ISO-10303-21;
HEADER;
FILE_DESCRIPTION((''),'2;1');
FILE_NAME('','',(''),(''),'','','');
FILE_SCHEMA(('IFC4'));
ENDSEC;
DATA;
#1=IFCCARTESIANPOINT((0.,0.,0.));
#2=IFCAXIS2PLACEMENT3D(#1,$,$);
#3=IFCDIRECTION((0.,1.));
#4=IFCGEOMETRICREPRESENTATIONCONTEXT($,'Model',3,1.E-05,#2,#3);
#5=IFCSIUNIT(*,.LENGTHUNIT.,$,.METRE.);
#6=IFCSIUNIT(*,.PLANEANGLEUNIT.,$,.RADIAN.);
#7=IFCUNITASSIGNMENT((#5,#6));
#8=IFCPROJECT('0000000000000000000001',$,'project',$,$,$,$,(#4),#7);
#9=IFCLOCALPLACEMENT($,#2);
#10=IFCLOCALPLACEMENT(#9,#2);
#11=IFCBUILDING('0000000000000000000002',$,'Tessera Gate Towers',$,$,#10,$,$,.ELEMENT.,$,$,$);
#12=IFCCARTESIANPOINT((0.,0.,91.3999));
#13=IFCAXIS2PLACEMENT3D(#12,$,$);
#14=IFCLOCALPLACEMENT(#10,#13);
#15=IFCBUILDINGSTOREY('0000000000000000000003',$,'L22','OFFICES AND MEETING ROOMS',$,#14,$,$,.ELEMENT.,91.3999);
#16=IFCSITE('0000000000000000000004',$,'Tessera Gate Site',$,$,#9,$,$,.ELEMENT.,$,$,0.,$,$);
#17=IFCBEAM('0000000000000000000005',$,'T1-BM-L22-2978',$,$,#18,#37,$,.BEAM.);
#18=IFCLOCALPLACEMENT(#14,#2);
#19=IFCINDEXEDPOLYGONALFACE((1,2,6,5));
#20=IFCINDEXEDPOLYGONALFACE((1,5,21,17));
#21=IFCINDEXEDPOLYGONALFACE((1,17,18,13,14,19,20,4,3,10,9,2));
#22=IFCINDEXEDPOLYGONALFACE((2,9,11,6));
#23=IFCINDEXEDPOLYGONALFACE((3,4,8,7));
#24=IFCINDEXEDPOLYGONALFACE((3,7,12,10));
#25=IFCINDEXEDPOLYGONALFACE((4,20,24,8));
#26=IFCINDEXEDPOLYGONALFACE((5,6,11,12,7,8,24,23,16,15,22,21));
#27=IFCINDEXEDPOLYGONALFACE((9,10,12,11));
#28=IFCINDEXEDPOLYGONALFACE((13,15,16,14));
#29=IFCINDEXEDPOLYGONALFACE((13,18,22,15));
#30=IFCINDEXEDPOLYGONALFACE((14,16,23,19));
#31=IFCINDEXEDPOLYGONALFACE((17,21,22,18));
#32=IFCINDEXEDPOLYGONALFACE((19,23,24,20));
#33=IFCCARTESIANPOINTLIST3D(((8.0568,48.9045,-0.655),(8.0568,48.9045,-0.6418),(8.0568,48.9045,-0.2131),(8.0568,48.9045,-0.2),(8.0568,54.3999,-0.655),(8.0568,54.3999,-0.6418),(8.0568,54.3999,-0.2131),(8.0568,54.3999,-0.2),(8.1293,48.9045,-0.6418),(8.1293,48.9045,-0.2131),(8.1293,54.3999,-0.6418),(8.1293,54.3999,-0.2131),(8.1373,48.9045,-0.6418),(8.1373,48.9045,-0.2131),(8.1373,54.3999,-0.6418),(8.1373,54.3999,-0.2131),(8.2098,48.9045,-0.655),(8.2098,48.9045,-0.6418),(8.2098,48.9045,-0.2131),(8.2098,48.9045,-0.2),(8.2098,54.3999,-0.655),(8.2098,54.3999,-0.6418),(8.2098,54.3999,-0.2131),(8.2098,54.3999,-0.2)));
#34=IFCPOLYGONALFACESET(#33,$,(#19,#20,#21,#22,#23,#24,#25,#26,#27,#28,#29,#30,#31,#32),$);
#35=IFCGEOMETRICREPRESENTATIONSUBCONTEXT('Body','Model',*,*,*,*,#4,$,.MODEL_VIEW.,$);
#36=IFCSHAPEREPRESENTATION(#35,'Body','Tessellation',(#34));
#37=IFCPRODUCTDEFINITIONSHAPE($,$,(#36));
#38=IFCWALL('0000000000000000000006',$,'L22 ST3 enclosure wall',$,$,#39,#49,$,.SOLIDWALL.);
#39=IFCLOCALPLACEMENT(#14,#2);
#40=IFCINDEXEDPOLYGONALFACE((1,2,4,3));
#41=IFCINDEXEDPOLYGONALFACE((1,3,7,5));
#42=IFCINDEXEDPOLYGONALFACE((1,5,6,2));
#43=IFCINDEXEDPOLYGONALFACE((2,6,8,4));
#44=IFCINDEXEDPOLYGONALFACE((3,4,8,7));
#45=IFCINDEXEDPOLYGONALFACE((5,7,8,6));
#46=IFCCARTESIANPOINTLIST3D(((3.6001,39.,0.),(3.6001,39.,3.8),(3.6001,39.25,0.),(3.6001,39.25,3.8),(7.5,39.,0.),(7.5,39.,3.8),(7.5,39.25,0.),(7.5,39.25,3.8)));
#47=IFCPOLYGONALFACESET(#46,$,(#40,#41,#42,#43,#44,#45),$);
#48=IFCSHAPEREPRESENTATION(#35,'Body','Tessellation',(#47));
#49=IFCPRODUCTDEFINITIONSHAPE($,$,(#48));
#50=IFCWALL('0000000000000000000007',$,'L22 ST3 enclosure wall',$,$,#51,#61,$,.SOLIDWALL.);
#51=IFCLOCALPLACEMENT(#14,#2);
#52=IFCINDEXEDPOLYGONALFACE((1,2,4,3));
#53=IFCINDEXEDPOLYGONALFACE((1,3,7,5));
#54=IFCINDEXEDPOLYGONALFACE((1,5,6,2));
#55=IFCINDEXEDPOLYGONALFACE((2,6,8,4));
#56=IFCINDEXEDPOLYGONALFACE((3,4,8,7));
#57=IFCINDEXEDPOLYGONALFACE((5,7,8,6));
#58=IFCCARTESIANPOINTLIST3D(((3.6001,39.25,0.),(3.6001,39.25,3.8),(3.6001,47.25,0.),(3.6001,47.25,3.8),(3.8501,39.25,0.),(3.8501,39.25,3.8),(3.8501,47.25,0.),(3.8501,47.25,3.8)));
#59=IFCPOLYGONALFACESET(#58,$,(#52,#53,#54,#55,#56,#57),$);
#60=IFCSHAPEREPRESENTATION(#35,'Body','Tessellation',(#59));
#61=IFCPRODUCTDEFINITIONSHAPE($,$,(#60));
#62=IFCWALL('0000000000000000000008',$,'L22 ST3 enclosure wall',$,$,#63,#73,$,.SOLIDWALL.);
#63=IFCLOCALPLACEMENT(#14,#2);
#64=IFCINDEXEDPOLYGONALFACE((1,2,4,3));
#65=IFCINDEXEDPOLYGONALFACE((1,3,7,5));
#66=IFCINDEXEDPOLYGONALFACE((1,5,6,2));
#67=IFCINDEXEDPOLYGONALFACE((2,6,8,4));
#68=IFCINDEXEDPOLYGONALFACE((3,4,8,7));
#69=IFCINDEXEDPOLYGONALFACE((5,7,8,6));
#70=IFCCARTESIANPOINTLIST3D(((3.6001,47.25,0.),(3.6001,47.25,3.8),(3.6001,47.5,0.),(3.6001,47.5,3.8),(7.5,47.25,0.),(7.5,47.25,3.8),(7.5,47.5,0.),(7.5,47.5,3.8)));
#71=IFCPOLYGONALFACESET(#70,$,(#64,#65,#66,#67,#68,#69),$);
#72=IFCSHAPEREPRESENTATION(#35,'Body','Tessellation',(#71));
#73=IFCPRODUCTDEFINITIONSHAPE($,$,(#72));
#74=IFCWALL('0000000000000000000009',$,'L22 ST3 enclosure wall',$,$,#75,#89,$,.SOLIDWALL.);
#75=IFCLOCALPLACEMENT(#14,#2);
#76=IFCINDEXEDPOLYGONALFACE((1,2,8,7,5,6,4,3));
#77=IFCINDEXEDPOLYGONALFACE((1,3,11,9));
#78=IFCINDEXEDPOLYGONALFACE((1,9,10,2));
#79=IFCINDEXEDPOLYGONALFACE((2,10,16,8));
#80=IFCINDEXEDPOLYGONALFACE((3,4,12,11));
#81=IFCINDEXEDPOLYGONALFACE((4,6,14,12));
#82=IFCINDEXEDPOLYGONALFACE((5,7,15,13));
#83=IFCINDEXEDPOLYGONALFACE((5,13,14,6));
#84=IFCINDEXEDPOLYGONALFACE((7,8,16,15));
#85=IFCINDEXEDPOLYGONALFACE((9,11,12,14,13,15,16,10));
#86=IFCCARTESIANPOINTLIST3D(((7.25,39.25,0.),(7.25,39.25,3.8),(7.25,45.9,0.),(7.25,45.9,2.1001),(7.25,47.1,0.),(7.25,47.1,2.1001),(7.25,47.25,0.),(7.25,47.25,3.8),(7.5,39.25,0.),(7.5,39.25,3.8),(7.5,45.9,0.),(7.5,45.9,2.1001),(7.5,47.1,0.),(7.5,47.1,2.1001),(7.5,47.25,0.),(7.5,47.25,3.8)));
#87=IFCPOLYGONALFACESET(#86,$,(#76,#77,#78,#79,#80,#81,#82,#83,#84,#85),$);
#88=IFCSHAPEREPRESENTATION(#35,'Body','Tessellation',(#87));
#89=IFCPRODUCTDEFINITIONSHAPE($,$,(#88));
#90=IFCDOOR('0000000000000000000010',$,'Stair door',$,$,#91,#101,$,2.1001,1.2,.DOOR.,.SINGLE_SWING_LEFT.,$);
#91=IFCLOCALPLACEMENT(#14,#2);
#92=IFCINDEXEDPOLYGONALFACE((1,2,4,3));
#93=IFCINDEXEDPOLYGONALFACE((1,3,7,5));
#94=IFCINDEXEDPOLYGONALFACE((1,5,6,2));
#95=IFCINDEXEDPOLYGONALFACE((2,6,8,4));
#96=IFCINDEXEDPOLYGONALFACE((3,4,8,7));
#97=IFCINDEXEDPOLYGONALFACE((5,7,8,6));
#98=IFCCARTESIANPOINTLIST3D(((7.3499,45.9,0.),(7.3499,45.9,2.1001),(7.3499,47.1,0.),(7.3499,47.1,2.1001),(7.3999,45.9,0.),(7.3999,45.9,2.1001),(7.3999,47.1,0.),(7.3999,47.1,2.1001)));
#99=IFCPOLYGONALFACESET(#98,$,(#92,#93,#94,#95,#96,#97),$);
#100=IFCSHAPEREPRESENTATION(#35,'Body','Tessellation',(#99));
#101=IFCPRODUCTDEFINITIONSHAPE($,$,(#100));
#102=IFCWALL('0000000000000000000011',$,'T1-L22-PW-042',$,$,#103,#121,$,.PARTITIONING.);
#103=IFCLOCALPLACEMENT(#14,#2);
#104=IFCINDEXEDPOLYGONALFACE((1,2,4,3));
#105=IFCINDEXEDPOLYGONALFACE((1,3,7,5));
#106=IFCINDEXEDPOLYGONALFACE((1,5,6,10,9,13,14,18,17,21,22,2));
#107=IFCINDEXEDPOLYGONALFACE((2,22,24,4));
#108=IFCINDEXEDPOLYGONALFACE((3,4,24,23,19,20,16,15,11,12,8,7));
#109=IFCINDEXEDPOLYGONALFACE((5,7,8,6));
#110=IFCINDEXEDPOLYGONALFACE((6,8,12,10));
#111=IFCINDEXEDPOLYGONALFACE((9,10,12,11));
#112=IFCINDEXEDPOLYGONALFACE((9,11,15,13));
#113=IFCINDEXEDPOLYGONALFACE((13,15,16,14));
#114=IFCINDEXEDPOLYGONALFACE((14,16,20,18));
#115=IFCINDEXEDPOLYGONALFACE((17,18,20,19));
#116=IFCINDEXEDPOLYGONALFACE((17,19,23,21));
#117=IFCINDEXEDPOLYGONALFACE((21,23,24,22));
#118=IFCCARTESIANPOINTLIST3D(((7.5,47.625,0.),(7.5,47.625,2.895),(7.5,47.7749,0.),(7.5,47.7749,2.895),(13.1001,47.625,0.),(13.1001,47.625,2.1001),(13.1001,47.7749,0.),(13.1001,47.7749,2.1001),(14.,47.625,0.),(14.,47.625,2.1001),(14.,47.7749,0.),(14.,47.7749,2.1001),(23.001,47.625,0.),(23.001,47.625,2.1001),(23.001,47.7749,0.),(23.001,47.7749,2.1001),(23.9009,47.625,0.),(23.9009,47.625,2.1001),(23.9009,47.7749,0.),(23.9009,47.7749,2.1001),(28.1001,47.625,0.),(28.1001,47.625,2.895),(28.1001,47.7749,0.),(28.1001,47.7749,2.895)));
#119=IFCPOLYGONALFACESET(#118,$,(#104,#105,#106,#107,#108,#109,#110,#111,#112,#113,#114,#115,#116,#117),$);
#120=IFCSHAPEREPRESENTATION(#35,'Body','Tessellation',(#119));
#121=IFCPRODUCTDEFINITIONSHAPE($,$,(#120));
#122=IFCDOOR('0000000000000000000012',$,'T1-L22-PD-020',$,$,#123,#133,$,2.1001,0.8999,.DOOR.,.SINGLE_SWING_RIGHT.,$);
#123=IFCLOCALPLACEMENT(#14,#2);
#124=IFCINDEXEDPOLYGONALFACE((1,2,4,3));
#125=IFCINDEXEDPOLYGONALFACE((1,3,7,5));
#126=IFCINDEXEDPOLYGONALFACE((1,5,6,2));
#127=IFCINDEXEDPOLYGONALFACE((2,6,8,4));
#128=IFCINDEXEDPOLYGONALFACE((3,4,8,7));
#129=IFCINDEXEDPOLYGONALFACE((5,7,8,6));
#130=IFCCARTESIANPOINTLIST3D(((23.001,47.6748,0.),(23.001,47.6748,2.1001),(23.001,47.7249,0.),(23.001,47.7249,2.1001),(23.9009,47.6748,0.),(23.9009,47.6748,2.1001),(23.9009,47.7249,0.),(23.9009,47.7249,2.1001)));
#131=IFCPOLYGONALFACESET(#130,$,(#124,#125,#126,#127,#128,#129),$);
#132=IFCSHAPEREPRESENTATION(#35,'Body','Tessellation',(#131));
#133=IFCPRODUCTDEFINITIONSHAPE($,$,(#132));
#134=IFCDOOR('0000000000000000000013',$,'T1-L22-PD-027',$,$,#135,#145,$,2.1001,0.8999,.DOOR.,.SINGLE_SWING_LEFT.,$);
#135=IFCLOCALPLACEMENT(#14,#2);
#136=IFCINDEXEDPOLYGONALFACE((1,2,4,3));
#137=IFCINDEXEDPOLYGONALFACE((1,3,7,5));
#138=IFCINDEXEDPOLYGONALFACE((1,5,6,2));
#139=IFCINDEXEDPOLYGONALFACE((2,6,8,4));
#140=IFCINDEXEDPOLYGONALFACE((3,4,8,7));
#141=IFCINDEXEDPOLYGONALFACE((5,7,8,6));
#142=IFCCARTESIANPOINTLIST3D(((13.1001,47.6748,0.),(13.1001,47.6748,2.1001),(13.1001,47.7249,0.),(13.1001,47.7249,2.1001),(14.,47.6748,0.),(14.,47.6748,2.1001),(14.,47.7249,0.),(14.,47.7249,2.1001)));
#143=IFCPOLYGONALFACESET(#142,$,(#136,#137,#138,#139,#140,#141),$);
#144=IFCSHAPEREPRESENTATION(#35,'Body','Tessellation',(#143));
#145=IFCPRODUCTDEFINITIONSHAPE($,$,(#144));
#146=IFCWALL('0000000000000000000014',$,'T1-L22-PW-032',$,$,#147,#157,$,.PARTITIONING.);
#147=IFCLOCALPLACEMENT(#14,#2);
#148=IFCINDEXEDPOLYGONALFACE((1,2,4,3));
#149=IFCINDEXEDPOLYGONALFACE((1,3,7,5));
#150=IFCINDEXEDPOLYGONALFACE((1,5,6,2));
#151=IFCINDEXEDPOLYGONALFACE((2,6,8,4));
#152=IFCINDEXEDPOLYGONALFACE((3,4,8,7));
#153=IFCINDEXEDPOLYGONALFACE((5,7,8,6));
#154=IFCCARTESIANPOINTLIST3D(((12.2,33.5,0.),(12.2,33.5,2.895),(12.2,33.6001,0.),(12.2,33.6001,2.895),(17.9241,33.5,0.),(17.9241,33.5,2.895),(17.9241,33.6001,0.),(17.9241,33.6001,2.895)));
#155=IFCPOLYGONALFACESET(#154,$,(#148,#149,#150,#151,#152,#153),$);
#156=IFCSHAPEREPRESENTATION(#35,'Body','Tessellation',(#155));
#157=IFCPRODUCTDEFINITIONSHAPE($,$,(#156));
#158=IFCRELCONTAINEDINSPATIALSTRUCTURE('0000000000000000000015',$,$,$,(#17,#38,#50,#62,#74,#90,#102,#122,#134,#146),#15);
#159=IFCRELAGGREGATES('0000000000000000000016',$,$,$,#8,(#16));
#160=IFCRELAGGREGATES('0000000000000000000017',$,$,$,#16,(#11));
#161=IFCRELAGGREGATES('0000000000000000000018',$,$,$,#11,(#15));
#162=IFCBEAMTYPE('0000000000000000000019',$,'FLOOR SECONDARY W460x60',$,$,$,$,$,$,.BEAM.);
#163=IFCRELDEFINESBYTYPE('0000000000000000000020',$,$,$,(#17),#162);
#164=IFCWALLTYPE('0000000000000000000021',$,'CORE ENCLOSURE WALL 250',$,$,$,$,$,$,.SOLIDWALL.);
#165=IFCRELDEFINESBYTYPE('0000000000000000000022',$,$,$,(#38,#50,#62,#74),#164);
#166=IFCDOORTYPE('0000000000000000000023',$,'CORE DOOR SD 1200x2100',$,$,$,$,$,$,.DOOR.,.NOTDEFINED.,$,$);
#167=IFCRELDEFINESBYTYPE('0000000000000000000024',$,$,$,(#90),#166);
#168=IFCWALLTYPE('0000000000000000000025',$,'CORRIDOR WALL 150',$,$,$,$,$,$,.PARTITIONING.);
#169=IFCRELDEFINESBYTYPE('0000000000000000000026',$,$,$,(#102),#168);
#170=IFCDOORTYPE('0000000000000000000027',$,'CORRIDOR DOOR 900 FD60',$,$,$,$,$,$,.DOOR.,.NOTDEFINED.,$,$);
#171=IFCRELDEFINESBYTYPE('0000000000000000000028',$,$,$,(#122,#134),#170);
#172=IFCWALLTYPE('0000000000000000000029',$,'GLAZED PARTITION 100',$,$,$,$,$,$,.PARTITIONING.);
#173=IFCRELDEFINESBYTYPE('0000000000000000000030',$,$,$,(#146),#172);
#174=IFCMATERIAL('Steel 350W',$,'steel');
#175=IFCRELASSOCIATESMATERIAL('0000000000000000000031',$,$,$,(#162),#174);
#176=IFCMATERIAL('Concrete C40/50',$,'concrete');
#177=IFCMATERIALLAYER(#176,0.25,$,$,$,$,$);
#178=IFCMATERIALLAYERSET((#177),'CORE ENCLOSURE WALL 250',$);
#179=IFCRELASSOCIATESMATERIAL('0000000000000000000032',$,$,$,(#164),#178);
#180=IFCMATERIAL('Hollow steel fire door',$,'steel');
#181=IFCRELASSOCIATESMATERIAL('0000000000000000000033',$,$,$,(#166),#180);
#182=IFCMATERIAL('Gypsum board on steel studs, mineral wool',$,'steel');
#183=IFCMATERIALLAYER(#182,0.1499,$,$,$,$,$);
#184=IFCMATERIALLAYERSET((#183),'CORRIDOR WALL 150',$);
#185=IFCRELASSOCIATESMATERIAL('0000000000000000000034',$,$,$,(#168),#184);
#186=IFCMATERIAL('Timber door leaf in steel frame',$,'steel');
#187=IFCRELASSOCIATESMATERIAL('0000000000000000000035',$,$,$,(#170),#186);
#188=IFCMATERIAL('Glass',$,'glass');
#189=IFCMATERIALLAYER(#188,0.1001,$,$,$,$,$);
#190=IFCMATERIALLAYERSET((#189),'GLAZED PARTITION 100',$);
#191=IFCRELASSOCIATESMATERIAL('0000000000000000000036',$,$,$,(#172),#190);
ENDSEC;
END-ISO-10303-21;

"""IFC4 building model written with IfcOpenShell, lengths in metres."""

from ifc_helpers import new_model, si_unit, direction, frame, frame_2d, origin, origin_2d, place, context, subcontext, project, spatial, rectangle, i_section, extrude, source, transform, mapped, material, layer, layer_set, material_profile, profile_set, type_object, element, fill, save


model = new_model("IFC4")

# Units and contexts
model_context = context("Model", 3, precision=1e-05, world=origin(), true_north=direction((0.0, 1.0)))
body_context = subcontext(model_context, "Body", "Model", "MODEL_VIEW")
ifc_project = project(units=[si_unit("LENGTHUNIT", "METRE"), si_unit("PLANEANGLEUNIT", "RADIAN")], contexts=[model_context])

# Site, building, storey
site_placement = place(None, origin())
site = spatial("IfcSite", under=ifc_project, at=site_placement, Name="Tessera Gate Site", CompositionType="ELEMENT", RefElevation=0.0)
building_placement = place(site_placement, origin())
building = spatial("IfcBuilding", under=site, at=building_placement, Name="Tessera Gate Towers", CompositionType="ELEMENT")
storey_placement = place(building_placement, frame((0.0, 0.0, 91.3999)))
storey = spatial("IfcBuildingStorey", under=building, at=storey_placement, Name="L22", Description="OFFICES AND MEETING ROOMS", CompositionType="ELEMENT", Elevation=91.3999)

# Beam
ifc_material_1 = material(Name="Steel 350W", Category="steel")
ifc_material_profile_1 = material_profile(ifc_material_1, i_section(OverallWidth=0.1531, OverallDepth=0.4551, WebThickness=0.0081, FlangeThickness=0.0132, at=origin_2d()), Name="W460x60")
ifc_profile_set_1 = profile_set([ifc_material_profile_1], Name="Steel 350W")
beam_type_1 = type_object("IfcBeamType", Name="FLOOR SECONDARY W460x60", PredefinedType="BEAM", material=ifc_profile_set_1)
beam_1_placement = place(storey_placement, frame((8.1333, 48.9045, -0.4275), z_axis=(0.0, 1.0, 0.0), x_axis=(-1.0, 0.0, 0.0)))
element("IfcBeam", 1, at=beam_1_placement, inside=storey, type_object=beam_type_1, Name="T1-BM-L22-2978", PredefinedType="BEAM", context=body_context, shape_type="SweptSolid", body=[
    extrude(i_section(OverallWidth=0.1531, OverallDepth=0.4551, WebThickness=0.0081, FlangeThickness=0.0132, at=origin_2d()), origin(), (0.0, 0.0, 1.0), 5.4954),
])

# Walls
ifc_material_2 = material(Name="Concrete C40/50", Category="concrete")
ifc_layer_1 = layer(ifc_material_2, 0.25)
ifc_layer_set_1 = layer_set([ifc_layer_1], Name="CORE ENCLOSURE WALL 250")
wall_type_1 = type_object("IfcWallType", Name="CORE ENCLOSURE WALL 250", PredefinedType="SOLIDWALL", material=ifc_layer_set_1)
wall_1_placement = place(storey_placement, frame((7.5, 39.125, 0.0), z_axis=(0.0, 0.0, 1.0), x_axis=(-1.0, 0.0, 0.0)))
element("IfcWall", 2, at=wall_1_placement, inside=storey, type_object=wall_type_1, Name="L22 ST3 enclosure wall", PredefinedType="SOLIDWALL", context=body_context, shape_type="SweptSolid", body=[
    extrude(rectangle(XDim=3.8999, YDim=0.25, at=frame_2d((1.95, 0.0))), origin(), (0.0, 0.0, 1.0), 3.8),
])
wall_2_placement = place(storey_placement, frame((3.7251, 39.25, 0.0), z_axis=(0.0, 0.0, 1.0), x_axis=(0.0, 1.0, 0.0)))
element("IfcWall", 3, at=wall_2_placement, inside=storey, type_object=wall_type_1, Name="L22 ST3 enclosure wall", PredefinedType="SOLIDWALL", context=body_context, shape_type="SweptSolid", body=[
    extrude(rectangle(XDim=8.0, YDim=0.25, at=frame_2d((4.0, 0.0))), origin(), (0.0, 0.0, 1.0), 3.8),
])
wall_3_placement = place(storey_placement, frame((3.6001, 47.375, 0.0), z_axis=(0.0, 0.0, 1.0), x_axis=(1.0, 0.0, 0.0)))
element("IfcWall", 4, at=wall_3_placement, inside=storey, type_object=wall_type_1, Name="L22 ST3 enclosure wall", PredefinedType="SOLIDWALL", context=body_context, shape_type="SweptSolid", body=[
    extrude(rectangle(XDim=3.8999, YDim=0.25, at=frame_2d((1.95, 0.0))), origin(), (0.0, 0.0, 1.0), 3.8),
])

# Wall, opening, door
wall_4_placement = place(storey_placement, frame((7.375, 47.25, 0.0), z_axis=(0.0, 0.0, 1.0), x_axis=(0.0, -1.0, 0.0)))
wall_4 = element("IfcWall", 5, at=wall_4_placement, inside=storey, type_object=wall_type_1, Name="L22 ST3 enclosure wall", PredefinedType="SOLIDWALL", context=body_context, shape_type="SweptSolid", body=[
    extrude(rectangle(XDim=8.0, YDim=0.25, at=frame_2d((4.0, 0.0))), origin(), (0.0, 0.0, 1.0), 3.8),
])
shared_shape_1 = source(origin(), body_context, "Body", "SweptSolid", [
    extrude(rectangle(XDim=1.2, YDim=2.1001, at=frame_2d((0.6001, 1.05))), frame((0.0, 0.135, 0.0), z_axis=(0.0, -1.0, 0.0), x_axis=(1.0, 0.0, 0.0)), (0.0, 0.0, 1.0), 0.27),
])
opening_1_placement = place(wall_4_placement, frame((0.1499, 0.0, 0.0)))
opening_1 = element("IfcOpeningElement", 6, at=opening_1_placement, cuts=wall_4, PredefinedType="OPENING", context=body_context, shape_type="MappedRepresentation", body=[
    mapped(shared_shape_1, transform((0.0, 0.0, 0.0), scale=1.0)),
])
ifc_material_3 = material(Name="Hollow steel fire door", Category="steel")
door_type_1 = type_object("IfcDoorType", Name="CORE DOOR SD 1200x2100", OperationType="NOTDEFINED", PredefinedType="DOOR", material=ifc_material_3)
shared_shape_2 = source(origin(), body_context, "Body", "SweptSolid", [
    extrude(rectangle(XDim=1.2, YDim=2.1001, at=frame_2d((0.6001, 1.05))), frame((0.0, 0.0249, 0.0), z_axis=(0.0, -1.0, 0.0), x_axis=(1.0, 0.0, 0.0)), (0.0, 0.0, 1.0), 0.05),
])
door_1_placement = place(opening_1_placement, origin())
door_1 = element("IfcDoor", 7, at=door_1_placement, inside=storey, type_object=door_type_1, Name="Stair door", OperationType="SINGLE_SWING_LEFT", OverallHeight=2.1001, OverallWidth=1.2, PredefinedType="DOOR", context=body_context, shape_type="MappedRepresentation", body=[
    mapped(shared_shape_2, transform((0.0, 0.0, 0.0), scale=1.0)),
])
fill(opening_1, door_1)

# Wall, openings, doors
ifc_material_4 = material(Name="Gypsum board on steel studs, mineral wool", Category="steel")
ifc_layer_2 = layer(ifc_material_4, 0.1499)
ifc_layer_set_2 = layer_set([ifc_layer_2], Name="CORRIDOR WALL 150")
wall_type_2 = type_object("IfcWallType", Name="CORRIDOR WALL 150", PredefinedType="PARTITIONING", material=ifc_layer_set_2)
wall_5_placement = place(storey_placement, frame((7.5, 47.7, 0.0), z_axis=(0.0, 0.0, 1.0), x_axis=(1.0, 0.0, 0.0)))
wall_5 = element("IfcWall", 8, at=wall_5_placement, inside=storey, type_object=wall_type_2, Name="T1-L22-PW-042", PredefinedType="PARTITIONING", context=body_context, shape_type="SweptSolid", body=[
    extrude(rectangle(XDim=20.6001, YDim=0.1499, at=frame_2d((10.3, 0.0))), origin(), (0.0, 0.0, 1.0), 2.895),
])
shared_shape_3 = source(origin(), body_context, "Body", "SweptSolid", [
    extrude(rectangle(XDim=0.8999, YDim=2.1001, at=frame_2d((0.45, 1.05))), frame((0.0, 0.085, 0.0), z_axis=(0.0, -1.0, 0.0), x_axis=(1.0, 0.0, 0.0)), (0.0, 0.0, 1.0), 0.1699),
])
opening_2_placement = place(wall_5_placement, frame((15.501, 0.0, 0.0)))
opening_2 = element("IfcOpeningElement", 9, at=opening_2_placement, cuts=wall_5, PredefinedType="OPENING", context=body_context, shape_type="MappedRepresentation", body=[
    mapped(shared_shape_3, transform((0.0, 0.0, 0.0), scale=1.0)),
])
opening_3_placement = place(wall_5_placement, frame((5.6001, 0.0, 0.0)))
opening_3 = element("IfcOpeningElement", 10, at=opening_3_placement, cuts=wall_5, PredefinedType="OPENING", context=body_context, shape_type="MappedRepresentation", body=[
    mapped(shared_shape_3, transform((0.0, 0.0, 0.0), scale=1.0)),
])
ifc_material_5 = material(Name="Timber door leaf in steel frame", Category="steel")
door_type_2 = type_object("IfcDoorType", Name="CORRIDOR DOOR 900 FD60", OperationType="NOTDEFINED", PredefinedType="DOOR", material=ifc_material_5)
shared_shape_4 = source(origin(), body_context, "Body", "SweptSolid", [
    extrude(rectangle(XDim=0.8999, YDim=2.1001, at=frame_2d((0.45, 1.05))), frame((0.0, 0.0249, 0.0), z_axis=(0.0, -1.0, 0.0), x_axis=(1.0, 0.0, 0.0)), (0.0, 0.0, 1.0), 0.05),
])
door_2_placement = place(opening_2_placement, origin())
door_2 = element("IfcDoor", 11, at=door_2_placement, inside=storey, type_object=door_type_2, Name="T1-L22-PD-020", OperationType="SINGLE_SWING_RIGHT", OverallHeight=2.1001, OverallWidth=0.8999, PredefinedType="DOOR", context=body_context, shape_type="MappedRepresentation", body=[
    mapped(shared_shape_4, transform((0.0, 0.0, 0.0), scale=1.0)),
])
fill(opening_2, door_2)
door_3_placement = place(opening_3_placement, origin())
door_3 = element("IfcDoor", 12, at=door_3_placement, inside=storey, type_object=door_type_2, Name="T1-L22-PD-027", OperationType="SINGLE_SWING_LEFT", OverallHeight=2.1001, OverallWidth=0.8999, PredefinedType="DOOR", context=body_context, shape_type="MappedRepresentation", body=[
    mapped(shared_shape_4, transform((0.0, 0.0, 0.0), scale=1.0)),
])
fill(opening_3, door_3)

# Wall
ifc_material_6 = material(Name="Glass", Category="glass")
ifc_layer_3 = layer(ifc_material_6, 0.1001)
ifc_layer_set_3 = layer_set([ifc_layer_3], Name="GLAZED PARTITION 100")
wall_type_3 = type_object("IfcWallType", Name="GLAZED PARTITION 100", PredefinedType="PARTITIONING", material=ifc_layer_set_3)
wall_6_placement = place(storey_placement, frame((12.2, 33.55, 0.0), z_axis=(0.0, 0.0, 1.0), x_axis=(1.0, 0.0, 0.0)))
element("IfcWall", 13, at=wall_6_placement, inside=storey, type_object=wall_type_3, Name="T1-L22-PW-032", PredefinedType="PARTITIONING", context=body_context, shape_type="SweptSolid", body=[
    extrude(rectangle(XDim=5.7241, YDim=0.1001, at=frame_2d((2.8621, 0.0))), origin(), (0.0, 0.0, 1.0), 2.895),
])

save(model, "model.ifc")
